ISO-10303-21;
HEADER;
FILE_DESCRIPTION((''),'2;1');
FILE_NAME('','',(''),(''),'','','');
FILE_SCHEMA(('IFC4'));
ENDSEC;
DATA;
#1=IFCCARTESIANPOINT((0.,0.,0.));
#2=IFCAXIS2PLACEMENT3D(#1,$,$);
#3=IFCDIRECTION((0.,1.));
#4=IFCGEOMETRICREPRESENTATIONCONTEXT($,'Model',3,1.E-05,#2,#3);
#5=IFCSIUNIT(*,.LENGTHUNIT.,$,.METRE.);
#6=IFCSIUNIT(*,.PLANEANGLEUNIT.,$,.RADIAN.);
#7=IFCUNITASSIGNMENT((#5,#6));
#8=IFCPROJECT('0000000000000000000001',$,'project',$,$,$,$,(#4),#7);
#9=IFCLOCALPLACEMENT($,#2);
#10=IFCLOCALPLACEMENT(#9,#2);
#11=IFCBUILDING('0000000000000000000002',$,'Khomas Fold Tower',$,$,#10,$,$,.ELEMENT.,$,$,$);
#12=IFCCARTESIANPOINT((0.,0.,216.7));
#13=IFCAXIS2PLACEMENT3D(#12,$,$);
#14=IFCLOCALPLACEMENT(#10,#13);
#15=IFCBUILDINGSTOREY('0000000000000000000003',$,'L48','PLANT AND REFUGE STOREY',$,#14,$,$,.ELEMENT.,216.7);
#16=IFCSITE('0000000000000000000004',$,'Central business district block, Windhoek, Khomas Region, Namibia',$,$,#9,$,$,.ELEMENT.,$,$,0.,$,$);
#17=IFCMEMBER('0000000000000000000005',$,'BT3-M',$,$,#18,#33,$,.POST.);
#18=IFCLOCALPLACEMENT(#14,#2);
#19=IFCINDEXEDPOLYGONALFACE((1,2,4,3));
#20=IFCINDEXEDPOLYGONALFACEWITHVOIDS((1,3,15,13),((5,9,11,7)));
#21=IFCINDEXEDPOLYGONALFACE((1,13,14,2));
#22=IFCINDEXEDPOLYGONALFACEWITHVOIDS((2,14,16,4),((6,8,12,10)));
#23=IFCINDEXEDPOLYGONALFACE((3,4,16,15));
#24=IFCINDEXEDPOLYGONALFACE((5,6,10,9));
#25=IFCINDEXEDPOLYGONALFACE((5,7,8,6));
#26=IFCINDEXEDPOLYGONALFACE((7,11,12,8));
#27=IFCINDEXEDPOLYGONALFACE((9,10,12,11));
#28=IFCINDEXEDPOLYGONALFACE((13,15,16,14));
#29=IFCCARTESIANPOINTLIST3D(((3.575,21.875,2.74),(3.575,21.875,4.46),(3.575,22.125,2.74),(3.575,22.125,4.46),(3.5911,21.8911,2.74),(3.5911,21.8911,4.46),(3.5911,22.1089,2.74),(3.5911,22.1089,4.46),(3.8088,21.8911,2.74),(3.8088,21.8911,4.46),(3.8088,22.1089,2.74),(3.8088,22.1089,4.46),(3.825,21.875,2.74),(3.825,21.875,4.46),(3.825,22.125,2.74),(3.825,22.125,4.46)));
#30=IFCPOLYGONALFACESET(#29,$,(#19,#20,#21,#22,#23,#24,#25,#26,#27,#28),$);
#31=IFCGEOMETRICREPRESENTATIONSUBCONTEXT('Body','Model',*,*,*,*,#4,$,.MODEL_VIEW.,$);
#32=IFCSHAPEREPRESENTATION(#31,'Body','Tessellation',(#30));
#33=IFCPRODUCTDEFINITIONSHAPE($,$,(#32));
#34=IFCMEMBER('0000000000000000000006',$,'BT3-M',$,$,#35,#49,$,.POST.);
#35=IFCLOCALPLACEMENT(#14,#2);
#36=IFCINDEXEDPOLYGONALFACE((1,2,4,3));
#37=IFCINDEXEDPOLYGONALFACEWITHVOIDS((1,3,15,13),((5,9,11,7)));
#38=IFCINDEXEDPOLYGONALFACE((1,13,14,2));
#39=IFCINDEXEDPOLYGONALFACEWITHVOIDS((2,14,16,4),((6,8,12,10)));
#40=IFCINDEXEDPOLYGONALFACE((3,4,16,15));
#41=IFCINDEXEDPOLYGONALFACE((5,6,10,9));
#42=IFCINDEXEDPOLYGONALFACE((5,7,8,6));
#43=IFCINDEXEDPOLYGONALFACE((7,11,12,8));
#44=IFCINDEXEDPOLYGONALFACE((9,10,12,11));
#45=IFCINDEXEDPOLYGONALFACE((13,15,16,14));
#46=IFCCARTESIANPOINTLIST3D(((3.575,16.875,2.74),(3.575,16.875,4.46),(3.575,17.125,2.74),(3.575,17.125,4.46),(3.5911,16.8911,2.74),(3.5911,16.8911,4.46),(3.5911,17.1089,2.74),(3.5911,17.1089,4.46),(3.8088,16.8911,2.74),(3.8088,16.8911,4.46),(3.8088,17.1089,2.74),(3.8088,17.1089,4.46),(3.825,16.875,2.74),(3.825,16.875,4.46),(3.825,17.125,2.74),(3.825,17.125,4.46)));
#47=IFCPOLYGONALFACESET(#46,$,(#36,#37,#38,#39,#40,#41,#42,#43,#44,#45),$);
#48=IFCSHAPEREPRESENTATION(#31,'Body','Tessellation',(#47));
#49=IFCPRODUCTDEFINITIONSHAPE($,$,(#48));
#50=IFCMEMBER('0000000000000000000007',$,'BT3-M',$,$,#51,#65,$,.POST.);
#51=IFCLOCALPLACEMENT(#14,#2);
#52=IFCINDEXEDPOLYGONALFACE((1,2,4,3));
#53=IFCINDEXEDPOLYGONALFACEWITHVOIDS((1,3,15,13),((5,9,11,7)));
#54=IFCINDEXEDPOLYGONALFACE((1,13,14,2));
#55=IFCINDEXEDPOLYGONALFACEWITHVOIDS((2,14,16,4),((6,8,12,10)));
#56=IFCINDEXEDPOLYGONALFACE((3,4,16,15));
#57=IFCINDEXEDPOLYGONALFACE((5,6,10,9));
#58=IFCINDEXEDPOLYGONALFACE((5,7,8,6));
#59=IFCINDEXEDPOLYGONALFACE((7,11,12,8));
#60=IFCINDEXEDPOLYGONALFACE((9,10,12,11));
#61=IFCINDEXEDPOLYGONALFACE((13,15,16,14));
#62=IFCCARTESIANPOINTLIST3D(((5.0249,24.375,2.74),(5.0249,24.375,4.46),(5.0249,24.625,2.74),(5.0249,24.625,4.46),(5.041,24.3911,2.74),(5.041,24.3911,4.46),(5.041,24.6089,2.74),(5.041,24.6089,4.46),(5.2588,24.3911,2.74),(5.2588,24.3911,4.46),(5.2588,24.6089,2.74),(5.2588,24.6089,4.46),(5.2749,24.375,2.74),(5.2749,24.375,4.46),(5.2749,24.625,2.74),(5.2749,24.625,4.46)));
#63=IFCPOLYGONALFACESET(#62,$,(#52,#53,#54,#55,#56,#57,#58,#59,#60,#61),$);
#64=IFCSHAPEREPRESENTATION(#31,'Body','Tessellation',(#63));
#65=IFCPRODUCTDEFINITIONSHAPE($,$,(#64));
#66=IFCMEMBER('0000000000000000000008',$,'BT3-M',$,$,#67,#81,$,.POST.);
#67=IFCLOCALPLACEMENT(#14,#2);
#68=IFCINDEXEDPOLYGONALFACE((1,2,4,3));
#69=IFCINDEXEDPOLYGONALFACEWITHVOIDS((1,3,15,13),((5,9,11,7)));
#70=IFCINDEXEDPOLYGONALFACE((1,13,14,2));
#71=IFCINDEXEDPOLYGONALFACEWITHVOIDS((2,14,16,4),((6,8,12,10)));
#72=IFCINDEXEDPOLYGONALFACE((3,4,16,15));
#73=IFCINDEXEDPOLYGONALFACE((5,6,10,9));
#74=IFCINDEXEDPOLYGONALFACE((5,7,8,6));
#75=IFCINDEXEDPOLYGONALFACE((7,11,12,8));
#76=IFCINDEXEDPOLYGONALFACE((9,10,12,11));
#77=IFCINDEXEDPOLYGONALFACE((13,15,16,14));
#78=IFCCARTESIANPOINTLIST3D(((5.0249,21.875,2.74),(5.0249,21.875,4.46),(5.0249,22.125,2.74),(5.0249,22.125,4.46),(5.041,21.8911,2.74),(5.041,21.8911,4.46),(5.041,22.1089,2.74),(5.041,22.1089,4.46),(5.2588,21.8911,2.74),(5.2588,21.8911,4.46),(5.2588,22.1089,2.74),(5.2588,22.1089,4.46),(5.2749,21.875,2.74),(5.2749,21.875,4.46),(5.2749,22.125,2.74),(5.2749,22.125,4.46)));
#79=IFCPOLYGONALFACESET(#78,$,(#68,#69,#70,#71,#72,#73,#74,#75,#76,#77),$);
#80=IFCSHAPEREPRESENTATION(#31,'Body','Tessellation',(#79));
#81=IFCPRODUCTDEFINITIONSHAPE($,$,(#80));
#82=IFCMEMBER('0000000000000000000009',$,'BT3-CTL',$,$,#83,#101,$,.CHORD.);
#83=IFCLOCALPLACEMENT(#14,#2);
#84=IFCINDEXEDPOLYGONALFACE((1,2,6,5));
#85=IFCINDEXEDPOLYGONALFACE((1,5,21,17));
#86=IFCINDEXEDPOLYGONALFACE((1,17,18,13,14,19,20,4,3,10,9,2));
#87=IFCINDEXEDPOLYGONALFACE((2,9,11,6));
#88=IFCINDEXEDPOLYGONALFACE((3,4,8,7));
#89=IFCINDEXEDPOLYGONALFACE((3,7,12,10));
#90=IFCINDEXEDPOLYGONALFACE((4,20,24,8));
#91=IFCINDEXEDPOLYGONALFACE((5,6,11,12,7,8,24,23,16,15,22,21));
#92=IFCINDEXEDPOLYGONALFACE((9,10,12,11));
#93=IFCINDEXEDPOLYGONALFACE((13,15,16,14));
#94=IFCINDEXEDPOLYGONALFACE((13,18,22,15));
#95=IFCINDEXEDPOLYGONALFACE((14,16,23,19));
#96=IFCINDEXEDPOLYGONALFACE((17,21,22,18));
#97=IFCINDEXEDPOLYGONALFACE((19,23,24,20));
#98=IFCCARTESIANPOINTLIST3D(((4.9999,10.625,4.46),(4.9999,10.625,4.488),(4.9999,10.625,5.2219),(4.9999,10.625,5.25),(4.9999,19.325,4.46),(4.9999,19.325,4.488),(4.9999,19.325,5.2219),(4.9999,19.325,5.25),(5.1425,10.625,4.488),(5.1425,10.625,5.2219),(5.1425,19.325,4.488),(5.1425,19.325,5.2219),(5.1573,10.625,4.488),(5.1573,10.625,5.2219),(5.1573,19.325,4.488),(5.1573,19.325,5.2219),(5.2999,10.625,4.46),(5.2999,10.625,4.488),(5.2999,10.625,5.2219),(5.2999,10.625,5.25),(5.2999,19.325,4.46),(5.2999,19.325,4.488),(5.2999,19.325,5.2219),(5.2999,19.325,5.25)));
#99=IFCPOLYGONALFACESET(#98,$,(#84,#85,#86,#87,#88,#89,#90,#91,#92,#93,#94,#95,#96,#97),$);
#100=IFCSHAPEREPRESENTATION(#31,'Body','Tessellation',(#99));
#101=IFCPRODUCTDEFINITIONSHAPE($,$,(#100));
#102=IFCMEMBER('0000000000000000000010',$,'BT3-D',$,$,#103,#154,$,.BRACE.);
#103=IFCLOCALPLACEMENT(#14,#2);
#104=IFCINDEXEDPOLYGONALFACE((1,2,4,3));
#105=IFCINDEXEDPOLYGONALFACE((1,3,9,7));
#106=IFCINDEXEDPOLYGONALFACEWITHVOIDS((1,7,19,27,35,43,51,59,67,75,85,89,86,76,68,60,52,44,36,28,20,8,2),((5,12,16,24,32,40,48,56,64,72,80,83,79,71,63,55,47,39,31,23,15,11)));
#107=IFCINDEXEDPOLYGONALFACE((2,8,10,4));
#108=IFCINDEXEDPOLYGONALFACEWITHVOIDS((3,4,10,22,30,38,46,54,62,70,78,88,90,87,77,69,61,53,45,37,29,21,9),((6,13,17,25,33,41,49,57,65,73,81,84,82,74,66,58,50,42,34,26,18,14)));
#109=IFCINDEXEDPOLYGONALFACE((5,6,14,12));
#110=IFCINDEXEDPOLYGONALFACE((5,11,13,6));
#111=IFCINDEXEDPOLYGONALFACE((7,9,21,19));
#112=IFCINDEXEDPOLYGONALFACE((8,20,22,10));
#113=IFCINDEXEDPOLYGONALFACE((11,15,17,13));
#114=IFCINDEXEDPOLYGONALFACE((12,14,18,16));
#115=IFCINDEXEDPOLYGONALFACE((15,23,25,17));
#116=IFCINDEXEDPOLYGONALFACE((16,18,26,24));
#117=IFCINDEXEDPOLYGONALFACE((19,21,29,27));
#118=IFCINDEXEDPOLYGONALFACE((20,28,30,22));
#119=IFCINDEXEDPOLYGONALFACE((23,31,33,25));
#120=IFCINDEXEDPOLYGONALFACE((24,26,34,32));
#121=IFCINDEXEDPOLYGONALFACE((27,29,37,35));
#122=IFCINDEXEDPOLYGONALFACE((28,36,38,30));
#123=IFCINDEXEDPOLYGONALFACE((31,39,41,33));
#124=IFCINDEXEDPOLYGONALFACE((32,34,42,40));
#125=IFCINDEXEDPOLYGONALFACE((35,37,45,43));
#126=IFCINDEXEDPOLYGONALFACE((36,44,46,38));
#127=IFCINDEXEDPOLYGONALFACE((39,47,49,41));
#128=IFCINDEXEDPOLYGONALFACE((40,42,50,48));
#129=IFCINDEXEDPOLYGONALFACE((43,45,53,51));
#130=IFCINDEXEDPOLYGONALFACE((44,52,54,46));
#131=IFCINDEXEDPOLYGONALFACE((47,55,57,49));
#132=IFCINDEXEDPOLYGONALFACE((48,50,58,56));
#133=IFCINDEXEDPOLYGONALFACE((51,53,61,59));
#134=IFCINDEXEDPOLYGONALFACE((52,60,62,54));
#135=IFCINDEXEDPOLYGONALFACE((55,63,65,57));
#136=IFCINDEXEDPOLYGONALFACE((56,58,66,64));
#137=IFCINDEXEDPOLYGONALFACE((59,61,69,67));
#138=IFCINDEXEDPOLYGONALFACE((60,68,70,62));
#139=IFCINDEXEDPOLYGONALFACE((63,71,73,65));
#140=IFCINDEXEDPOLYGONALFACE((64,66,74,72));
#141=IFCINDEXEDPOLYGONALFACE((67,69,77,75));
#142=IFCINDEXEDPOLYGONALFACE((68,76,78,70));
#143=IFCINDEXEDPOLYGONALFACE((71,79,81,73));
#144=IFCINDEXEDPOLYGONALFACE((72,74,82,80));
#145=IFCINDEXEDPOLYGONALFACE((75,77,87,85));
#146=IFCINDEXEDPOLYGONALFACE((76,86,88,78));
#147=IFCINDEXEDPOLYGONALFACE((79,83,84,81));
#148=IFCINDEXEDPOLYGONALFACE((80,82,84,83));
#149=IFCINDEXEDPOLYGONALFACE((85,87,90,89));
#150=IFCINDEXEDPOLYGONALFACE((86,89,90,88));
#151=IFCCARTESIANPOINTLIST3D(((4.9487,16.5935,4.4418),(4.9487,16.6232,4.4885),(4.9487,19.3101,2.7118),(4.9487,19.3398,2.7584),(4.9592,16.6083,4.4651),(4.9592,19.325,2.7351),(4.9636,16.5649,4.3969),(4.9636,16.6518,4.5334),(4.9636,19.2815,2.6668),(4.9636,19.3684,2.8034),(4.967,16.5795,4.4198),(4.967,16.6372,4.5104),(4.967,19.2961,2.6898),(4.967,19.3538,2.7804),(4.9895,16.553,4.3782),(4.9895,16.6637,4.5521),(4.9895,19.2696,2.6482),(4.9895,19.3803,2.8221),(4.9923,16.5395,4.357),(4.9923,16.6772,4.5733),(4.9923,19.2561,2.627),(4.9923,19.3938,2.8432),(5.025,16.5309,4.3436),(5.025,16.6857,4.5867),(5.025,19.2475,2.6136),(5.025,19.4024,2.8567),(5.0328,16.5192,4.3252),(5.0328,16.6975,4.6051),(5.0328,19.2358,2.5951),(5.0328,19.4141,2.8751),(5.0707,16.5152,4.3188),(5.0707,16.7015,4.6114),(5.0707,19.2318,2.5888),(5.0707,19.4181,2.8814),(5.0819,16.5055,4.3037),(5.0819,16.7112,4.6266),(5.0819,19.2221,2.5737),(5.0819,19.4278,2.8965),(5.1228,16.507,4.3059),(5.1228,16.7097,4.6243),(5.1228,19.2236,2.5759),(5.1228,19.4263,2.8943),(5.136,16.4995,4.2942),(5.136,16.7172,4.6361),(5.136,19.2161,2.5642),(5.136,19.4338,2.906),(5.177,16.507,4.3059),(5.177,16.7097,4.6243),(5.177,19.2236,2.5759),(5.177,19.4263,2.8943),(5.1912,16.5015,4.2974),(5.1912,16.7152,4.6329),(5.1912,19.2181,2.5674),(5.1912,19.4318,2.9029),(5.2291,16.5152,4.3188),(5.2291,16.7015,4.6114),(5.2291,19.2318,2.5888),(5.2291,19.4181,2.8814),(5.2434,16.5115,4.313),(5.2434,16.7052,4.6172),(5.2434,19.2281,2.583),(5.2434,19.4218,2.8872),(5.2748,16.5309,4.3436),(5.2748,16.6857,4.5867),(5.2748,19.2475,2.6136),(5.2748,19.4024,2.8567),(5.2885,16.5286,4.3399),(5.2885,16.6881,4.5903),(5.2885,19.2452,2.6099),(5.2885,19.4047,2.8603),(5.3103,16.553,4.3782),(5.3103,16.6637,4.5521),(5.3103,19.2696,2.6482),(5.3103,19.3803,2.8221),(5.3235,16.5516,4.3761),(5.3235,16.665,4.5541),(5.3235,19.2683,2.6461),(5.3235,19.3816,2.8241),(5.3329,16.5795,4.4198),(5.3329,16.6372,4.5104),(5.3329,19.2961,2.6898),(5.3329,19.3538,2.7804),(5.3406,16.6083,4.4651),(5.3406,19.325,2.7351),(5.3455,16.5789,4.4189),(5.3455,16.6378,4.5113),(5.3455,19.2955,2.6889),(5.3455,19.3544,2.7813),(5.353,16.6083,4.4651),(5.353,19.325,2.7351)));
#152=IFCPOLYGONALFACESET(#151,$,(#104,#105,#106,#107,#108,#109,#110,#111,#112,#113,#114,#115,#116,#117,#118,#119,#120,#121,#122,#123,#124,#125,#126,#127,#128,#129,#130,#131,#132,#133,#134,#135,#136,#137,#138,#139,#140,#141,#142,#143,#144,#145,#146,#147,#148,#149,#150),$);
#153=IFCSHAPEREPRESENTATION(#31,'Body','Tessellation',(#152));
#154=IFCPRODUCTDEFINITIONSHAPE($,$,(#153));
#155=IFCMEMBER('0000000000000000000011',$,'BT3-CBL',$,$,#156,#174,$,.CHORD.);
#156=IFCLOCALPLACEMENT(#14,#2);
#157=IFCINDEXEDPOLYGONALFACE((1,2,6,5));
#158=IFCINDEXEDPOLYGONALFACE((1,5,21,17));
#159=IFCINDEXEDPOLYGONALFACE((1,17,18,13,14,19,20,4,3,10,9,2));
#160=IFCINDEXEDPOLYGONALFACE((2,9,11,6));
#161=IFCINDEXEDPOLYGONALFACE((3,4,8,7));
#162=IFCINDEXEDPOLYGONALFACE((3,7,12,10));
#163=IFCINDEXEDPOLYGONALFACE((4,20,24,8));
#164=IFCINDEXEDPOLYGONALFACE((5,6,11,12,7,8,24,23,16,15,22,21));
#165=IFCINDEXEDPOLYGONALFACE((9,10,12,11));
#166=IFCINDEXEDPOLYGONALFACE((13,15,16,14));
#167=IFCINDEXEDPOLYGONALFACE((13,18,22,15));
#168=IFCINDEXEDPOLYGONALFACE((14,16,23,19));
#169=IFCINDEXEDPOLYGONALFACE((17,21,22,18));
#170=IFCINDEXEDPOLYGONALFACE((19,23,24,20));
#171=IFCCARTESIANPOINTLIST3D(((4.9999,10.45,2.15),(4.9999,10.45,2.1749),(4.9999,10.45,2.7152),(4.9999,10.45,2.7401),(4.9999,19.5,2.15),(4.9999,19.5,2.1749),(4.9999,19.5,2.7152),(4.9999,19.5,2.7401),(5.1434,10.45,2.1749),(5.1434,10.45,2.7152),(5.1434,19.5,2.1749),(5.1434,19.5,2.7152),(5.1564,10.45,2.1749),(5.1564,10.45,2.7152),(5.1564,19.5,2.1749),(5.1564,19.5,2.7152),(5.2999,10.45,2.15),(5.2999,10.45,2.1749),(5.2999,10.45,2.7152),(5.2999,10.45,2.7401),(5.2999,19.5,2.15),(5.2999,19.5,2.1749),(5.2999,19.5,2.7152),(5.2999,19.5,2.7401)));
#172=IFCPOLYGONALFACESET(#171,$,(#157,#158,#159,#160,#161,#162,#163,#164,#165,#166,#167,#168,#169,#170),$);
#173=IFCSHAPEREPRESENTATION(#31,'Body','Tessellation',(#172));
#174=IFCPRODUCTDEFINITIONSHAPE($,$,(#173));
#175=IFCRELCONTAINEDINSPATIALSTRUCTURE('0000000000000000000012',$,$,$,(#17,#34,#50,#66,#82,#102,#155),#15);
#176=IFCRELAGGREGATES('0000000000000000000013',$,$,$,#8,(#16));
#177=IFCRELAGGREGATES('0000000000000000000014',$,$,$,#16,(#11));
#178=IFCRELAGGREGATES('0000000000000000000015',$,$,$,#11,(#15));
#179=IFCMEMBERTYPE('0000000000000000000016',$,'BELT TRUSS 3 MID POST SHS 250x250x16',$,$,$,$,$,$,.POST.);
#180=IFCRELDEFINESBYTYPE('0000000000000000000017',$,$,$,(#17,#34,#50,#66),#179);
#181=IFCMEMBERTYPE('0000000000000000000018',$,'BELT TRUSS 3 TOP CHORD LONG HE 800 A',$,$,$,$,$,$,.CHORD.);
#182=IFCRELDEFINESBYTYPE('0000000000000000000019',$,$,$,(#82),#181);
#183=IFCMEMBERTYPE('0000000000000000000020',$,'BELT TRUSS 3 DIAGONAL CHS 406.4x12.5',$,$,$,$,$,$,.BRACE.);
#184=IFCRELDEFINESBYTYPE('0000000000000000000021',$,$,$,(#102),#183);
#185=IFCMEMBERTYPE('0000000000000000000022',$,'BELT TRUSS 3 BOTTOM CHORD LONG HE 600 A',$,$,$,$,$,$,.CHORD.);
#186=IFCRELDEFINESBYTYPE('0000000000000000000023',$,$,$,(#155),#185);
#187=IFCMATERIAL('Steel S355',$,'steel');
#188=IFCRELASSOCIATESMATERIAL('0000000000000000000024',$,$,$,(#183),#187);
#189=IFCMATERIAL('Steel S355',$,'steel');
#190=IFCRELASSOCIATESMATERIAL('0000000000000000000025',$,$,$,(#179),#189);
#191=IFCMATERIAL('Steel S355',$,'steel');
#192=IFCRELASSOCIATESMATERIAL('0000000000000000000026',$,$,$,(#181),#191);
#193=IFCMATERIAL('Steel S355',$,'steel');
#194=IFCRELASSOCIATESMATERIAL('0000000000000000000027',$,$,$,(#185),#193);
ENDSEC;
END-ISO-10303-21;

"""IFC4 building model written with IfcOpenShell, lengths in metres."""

from ifc_helpers import new_model, si_unit, direction, frame, origin, origin_2d, place, context, subcontext, project, spatial, hollow_rectangle, hollow_circle, i_section, extrude, source, transform, mapped, material, material_profile, profile_set, type_object, element, save


model = new_model("IFC4")

# Units and contexts
model_context = context("Model", 3, precision=1e-05, world=origin(), true_north=direction((0.0, 1.0)))
body_context = subcontext(model_context, "Body", "Model", "MODEL_VIEW")
ifc_project = project(units=[si_unit("LENGTHUNIT", "METRE"), si_unit("PLANEANGLEUNIT", "RADIAN")], contexts=[model_context])

# Site, building, storey
site_placement = place(None, origin())
site = spatial("IfcSite", under=ifc_project, at=site_placement, Name="Central business district block, Windhoek, Khomas Region, Namibia", CompositionType="ELEMENT", RefElevation=0.0)
building_placement = place(site_placement, origin())
building = spatial("IfcBuilding", under=site, at=building_placement, Name="Khomas Fold Tower", CompositionType="ELEMENT")
storey_placement = place(building_placement, frame((0.0, 0.0, 216.7)))
storey = spatial("IfcBuildingStorey", under=building, at=storey_placement, Name="L48", Description="PLANT AND REFUGE STOREY", CompositionType="ELEMENT", Elevation=216.7)

# Members
ifc_material_1 = material(Name="Steel S355", Category="steel")
ifc_material_profile_1 = material_profile(ifc_material_1, hollow_circle(Radius=0.2031, WallThickness=0.0125, at=origin_2d()), Name="CHS 406.4x12.5")
ifc_profile_set_1 = profile_set([ifc_material_profile_1], Name="Steel S355")
member_type_1 = type_object("IfcMemberType", Name="BELT TRUSS 3 DIAGONAL CHS 406.4x12.5", PredefinedType="BRACE", material=ifc_profile_set_1)
ifc_material_2 = material(Name="Steel S355", Category="steel")
ifc_material_profile_2 = material_profile(ifc_material_2, hollow_rectangle(XDim=0.25, YDim=0.25, WallThickness=0.0161, at=origin_2d()), Name="SHS 250x250x16")
ifc_profile_set_2 = profile_set([ifc_material_profile_2], Name="Steel S355")
member_type_2 = type_object("IfcMemberType", Name="BELT TRUSS 3 MID POST SHS 250x250x16", PredefinedType="POST", material=ifc_profile_set_2)
shared_shape_1 = source(origin(), body_context, "Body", "SweptSolid", [
    extrude(hollow_rectangle(XDim=0.25, YDim=0.25, WallThickness=0.0161, at=origin_2d()), origin(), (0.0, 0.0, 1.0), 1.72),
])
for number, where, z_axis, x_axis, name in (
    (1, (3.7, 22.0, 2.74), (0.0, 0.0, 1.0), (1.0, 0.0, 0.0), "BT3-M"),
    (2, (3.7, 17.0, 2.74), (0.0, 0.0, 1.0), (1.0, 0.0, 0.0), "BT3-M"),
    (3, (5.1499, 24.5, 2.74), (0.0, 0.0, 1.0), (1.0, 0.0, 0.0), "BT3-M"),
    (4, (5.1499, 22.0, 2.74), (0.0, 0.0, 1.0), (1.0, 0.0, 0.0), "BT3-M"),
):
    element("IfcMember", number, at=place(storey_placement, frame(where, z_axis=z_axis, x_axis=x_axis)), inside=storey, type_object=member_type_2, Name=name, PredefinedType="POST", context=body_context, shape_type="MappedRepresentation", body=[
        mapped(shared_shape_1, transform((0.0, 0.0, 0.0))),
    ])
ifc_material_3 = material(Name="Steel S355", Category="steel")
ifc_material_profile_3 = material_profile(ifc_material_3, i_section(OverallWidth=0.3, OverallDepth=0.79, WebThickness=0.0149, FlangeThickness=0.0281, at=origin_2d()), Name="HE 800 A")
ifc_profile_set_3 = profile_set([ifc_material_profile_3], Name="Steel S355")
member_type_3 = type_object("IfcMemberType", Name="BELT TRUSS 3 TOP CHORD LONG HE 800 A", PredefinedType="CHORD", material=ifc_profile_set_3)
shared_shape_2 = source(origin(), body_context, "Body", "SweptSolid", [
    extrude(i_section(OverallWidth=0.3, OverallDepth=0.79, WebThickness=0.0149, FlangeThickness=0.0281, at=origin_2d()), origin(), (0.0, 0.0, 1.0), 8.7),
])
member_1_placement = place(storey_placement, frame((5.1499, 19.325, 4.855), z_axis=(0.0, -1.0, 0.0), x_axis=(1.0, 0.0, 0.0)))
element("IfcMember", 5, at=member_1_placement, inside=storey, type_object=member_type_3, Name="BT3-CTL", PredefinedType="CHORD", context=body_context, shape_type="MappedRepresentation", body=[
    mapped(shared_shape_2, transform((0.0, 0.0, 0.0))),
])
shared_shape_3 = source(origin(), body_context, "Body", "SweptSolid", [
    extrude(hollow_circle(Radius=0.2031, WallThickness=0.0125, at=origin_2d()), origin(), (0.0, 0.0, 1.0), 3.2207),
])
member_2_placement = place(storey_placement, frame((5.1499, 19.325, 2.7351), z_axis=(0.0, -0.843484, 0.537155), x_axis=(1.0, 0.0, 0.0)))
element("IfcMember", 6, at=member_2_placement, inside=storey, type_object=member_type_1, Name="BT3-D", PredefinedType="BRACE", context=body_context, shape_type="MappedRepresentation", body=[
    mapped(shared_shape_3, transform((0.0, 0.0, 0.0))),
])
ifc_material_4 = material(Name="Steel S355", Category="steel")
ifc_material_profile_4 = material_profile(ifc_material_4, i_section(OverallWidth=0.3, OverallDepth=0.5901, WebThickness=0.0129, FlangeThickness=0.0249, at=origin_2d()), Name="HE 600 A")
ifc_profile_set_4 = profile_set([ifc_material_profile_4], Name="Steel S355")
member_type_4 = type_object("IfcMemberType", Name="BELT TRUSS 3 BOTTOM CHORD LONG HE 600 A", PredefinedType="CHORD", material=ifc_profile_set_4)
shared_shape_4 = source(origin(), body_context, "Body", "SweptSolid", [
    extrude(i_section(OverallWidth=0.3, OverallDepth=0.5901, WebThickness=0.0129, FlangeThickness=0.0249, at=origin_2d()), origin(), (0.0, 0.0, 1.0), 9.05),
])
member_3_placement = place(storey_placement, frame((5.1499, 19.5, 2.4451), z_axis=(0.0, -1.0, 0.0), x_axis=(1.0, 0.0, 0.0)))
element("IfcMember", 7, at=member_3_placement, inside=storey, type_object=member_type_4, Name="BT3-CBL", PredefinedType="CHORD", context=body_context, shape_type="MappedRepresentation", body=[
    mapped(shared_shape_4, transform((0.0, 0.0, 0.0))),
])

save(model, "model.ifc")
